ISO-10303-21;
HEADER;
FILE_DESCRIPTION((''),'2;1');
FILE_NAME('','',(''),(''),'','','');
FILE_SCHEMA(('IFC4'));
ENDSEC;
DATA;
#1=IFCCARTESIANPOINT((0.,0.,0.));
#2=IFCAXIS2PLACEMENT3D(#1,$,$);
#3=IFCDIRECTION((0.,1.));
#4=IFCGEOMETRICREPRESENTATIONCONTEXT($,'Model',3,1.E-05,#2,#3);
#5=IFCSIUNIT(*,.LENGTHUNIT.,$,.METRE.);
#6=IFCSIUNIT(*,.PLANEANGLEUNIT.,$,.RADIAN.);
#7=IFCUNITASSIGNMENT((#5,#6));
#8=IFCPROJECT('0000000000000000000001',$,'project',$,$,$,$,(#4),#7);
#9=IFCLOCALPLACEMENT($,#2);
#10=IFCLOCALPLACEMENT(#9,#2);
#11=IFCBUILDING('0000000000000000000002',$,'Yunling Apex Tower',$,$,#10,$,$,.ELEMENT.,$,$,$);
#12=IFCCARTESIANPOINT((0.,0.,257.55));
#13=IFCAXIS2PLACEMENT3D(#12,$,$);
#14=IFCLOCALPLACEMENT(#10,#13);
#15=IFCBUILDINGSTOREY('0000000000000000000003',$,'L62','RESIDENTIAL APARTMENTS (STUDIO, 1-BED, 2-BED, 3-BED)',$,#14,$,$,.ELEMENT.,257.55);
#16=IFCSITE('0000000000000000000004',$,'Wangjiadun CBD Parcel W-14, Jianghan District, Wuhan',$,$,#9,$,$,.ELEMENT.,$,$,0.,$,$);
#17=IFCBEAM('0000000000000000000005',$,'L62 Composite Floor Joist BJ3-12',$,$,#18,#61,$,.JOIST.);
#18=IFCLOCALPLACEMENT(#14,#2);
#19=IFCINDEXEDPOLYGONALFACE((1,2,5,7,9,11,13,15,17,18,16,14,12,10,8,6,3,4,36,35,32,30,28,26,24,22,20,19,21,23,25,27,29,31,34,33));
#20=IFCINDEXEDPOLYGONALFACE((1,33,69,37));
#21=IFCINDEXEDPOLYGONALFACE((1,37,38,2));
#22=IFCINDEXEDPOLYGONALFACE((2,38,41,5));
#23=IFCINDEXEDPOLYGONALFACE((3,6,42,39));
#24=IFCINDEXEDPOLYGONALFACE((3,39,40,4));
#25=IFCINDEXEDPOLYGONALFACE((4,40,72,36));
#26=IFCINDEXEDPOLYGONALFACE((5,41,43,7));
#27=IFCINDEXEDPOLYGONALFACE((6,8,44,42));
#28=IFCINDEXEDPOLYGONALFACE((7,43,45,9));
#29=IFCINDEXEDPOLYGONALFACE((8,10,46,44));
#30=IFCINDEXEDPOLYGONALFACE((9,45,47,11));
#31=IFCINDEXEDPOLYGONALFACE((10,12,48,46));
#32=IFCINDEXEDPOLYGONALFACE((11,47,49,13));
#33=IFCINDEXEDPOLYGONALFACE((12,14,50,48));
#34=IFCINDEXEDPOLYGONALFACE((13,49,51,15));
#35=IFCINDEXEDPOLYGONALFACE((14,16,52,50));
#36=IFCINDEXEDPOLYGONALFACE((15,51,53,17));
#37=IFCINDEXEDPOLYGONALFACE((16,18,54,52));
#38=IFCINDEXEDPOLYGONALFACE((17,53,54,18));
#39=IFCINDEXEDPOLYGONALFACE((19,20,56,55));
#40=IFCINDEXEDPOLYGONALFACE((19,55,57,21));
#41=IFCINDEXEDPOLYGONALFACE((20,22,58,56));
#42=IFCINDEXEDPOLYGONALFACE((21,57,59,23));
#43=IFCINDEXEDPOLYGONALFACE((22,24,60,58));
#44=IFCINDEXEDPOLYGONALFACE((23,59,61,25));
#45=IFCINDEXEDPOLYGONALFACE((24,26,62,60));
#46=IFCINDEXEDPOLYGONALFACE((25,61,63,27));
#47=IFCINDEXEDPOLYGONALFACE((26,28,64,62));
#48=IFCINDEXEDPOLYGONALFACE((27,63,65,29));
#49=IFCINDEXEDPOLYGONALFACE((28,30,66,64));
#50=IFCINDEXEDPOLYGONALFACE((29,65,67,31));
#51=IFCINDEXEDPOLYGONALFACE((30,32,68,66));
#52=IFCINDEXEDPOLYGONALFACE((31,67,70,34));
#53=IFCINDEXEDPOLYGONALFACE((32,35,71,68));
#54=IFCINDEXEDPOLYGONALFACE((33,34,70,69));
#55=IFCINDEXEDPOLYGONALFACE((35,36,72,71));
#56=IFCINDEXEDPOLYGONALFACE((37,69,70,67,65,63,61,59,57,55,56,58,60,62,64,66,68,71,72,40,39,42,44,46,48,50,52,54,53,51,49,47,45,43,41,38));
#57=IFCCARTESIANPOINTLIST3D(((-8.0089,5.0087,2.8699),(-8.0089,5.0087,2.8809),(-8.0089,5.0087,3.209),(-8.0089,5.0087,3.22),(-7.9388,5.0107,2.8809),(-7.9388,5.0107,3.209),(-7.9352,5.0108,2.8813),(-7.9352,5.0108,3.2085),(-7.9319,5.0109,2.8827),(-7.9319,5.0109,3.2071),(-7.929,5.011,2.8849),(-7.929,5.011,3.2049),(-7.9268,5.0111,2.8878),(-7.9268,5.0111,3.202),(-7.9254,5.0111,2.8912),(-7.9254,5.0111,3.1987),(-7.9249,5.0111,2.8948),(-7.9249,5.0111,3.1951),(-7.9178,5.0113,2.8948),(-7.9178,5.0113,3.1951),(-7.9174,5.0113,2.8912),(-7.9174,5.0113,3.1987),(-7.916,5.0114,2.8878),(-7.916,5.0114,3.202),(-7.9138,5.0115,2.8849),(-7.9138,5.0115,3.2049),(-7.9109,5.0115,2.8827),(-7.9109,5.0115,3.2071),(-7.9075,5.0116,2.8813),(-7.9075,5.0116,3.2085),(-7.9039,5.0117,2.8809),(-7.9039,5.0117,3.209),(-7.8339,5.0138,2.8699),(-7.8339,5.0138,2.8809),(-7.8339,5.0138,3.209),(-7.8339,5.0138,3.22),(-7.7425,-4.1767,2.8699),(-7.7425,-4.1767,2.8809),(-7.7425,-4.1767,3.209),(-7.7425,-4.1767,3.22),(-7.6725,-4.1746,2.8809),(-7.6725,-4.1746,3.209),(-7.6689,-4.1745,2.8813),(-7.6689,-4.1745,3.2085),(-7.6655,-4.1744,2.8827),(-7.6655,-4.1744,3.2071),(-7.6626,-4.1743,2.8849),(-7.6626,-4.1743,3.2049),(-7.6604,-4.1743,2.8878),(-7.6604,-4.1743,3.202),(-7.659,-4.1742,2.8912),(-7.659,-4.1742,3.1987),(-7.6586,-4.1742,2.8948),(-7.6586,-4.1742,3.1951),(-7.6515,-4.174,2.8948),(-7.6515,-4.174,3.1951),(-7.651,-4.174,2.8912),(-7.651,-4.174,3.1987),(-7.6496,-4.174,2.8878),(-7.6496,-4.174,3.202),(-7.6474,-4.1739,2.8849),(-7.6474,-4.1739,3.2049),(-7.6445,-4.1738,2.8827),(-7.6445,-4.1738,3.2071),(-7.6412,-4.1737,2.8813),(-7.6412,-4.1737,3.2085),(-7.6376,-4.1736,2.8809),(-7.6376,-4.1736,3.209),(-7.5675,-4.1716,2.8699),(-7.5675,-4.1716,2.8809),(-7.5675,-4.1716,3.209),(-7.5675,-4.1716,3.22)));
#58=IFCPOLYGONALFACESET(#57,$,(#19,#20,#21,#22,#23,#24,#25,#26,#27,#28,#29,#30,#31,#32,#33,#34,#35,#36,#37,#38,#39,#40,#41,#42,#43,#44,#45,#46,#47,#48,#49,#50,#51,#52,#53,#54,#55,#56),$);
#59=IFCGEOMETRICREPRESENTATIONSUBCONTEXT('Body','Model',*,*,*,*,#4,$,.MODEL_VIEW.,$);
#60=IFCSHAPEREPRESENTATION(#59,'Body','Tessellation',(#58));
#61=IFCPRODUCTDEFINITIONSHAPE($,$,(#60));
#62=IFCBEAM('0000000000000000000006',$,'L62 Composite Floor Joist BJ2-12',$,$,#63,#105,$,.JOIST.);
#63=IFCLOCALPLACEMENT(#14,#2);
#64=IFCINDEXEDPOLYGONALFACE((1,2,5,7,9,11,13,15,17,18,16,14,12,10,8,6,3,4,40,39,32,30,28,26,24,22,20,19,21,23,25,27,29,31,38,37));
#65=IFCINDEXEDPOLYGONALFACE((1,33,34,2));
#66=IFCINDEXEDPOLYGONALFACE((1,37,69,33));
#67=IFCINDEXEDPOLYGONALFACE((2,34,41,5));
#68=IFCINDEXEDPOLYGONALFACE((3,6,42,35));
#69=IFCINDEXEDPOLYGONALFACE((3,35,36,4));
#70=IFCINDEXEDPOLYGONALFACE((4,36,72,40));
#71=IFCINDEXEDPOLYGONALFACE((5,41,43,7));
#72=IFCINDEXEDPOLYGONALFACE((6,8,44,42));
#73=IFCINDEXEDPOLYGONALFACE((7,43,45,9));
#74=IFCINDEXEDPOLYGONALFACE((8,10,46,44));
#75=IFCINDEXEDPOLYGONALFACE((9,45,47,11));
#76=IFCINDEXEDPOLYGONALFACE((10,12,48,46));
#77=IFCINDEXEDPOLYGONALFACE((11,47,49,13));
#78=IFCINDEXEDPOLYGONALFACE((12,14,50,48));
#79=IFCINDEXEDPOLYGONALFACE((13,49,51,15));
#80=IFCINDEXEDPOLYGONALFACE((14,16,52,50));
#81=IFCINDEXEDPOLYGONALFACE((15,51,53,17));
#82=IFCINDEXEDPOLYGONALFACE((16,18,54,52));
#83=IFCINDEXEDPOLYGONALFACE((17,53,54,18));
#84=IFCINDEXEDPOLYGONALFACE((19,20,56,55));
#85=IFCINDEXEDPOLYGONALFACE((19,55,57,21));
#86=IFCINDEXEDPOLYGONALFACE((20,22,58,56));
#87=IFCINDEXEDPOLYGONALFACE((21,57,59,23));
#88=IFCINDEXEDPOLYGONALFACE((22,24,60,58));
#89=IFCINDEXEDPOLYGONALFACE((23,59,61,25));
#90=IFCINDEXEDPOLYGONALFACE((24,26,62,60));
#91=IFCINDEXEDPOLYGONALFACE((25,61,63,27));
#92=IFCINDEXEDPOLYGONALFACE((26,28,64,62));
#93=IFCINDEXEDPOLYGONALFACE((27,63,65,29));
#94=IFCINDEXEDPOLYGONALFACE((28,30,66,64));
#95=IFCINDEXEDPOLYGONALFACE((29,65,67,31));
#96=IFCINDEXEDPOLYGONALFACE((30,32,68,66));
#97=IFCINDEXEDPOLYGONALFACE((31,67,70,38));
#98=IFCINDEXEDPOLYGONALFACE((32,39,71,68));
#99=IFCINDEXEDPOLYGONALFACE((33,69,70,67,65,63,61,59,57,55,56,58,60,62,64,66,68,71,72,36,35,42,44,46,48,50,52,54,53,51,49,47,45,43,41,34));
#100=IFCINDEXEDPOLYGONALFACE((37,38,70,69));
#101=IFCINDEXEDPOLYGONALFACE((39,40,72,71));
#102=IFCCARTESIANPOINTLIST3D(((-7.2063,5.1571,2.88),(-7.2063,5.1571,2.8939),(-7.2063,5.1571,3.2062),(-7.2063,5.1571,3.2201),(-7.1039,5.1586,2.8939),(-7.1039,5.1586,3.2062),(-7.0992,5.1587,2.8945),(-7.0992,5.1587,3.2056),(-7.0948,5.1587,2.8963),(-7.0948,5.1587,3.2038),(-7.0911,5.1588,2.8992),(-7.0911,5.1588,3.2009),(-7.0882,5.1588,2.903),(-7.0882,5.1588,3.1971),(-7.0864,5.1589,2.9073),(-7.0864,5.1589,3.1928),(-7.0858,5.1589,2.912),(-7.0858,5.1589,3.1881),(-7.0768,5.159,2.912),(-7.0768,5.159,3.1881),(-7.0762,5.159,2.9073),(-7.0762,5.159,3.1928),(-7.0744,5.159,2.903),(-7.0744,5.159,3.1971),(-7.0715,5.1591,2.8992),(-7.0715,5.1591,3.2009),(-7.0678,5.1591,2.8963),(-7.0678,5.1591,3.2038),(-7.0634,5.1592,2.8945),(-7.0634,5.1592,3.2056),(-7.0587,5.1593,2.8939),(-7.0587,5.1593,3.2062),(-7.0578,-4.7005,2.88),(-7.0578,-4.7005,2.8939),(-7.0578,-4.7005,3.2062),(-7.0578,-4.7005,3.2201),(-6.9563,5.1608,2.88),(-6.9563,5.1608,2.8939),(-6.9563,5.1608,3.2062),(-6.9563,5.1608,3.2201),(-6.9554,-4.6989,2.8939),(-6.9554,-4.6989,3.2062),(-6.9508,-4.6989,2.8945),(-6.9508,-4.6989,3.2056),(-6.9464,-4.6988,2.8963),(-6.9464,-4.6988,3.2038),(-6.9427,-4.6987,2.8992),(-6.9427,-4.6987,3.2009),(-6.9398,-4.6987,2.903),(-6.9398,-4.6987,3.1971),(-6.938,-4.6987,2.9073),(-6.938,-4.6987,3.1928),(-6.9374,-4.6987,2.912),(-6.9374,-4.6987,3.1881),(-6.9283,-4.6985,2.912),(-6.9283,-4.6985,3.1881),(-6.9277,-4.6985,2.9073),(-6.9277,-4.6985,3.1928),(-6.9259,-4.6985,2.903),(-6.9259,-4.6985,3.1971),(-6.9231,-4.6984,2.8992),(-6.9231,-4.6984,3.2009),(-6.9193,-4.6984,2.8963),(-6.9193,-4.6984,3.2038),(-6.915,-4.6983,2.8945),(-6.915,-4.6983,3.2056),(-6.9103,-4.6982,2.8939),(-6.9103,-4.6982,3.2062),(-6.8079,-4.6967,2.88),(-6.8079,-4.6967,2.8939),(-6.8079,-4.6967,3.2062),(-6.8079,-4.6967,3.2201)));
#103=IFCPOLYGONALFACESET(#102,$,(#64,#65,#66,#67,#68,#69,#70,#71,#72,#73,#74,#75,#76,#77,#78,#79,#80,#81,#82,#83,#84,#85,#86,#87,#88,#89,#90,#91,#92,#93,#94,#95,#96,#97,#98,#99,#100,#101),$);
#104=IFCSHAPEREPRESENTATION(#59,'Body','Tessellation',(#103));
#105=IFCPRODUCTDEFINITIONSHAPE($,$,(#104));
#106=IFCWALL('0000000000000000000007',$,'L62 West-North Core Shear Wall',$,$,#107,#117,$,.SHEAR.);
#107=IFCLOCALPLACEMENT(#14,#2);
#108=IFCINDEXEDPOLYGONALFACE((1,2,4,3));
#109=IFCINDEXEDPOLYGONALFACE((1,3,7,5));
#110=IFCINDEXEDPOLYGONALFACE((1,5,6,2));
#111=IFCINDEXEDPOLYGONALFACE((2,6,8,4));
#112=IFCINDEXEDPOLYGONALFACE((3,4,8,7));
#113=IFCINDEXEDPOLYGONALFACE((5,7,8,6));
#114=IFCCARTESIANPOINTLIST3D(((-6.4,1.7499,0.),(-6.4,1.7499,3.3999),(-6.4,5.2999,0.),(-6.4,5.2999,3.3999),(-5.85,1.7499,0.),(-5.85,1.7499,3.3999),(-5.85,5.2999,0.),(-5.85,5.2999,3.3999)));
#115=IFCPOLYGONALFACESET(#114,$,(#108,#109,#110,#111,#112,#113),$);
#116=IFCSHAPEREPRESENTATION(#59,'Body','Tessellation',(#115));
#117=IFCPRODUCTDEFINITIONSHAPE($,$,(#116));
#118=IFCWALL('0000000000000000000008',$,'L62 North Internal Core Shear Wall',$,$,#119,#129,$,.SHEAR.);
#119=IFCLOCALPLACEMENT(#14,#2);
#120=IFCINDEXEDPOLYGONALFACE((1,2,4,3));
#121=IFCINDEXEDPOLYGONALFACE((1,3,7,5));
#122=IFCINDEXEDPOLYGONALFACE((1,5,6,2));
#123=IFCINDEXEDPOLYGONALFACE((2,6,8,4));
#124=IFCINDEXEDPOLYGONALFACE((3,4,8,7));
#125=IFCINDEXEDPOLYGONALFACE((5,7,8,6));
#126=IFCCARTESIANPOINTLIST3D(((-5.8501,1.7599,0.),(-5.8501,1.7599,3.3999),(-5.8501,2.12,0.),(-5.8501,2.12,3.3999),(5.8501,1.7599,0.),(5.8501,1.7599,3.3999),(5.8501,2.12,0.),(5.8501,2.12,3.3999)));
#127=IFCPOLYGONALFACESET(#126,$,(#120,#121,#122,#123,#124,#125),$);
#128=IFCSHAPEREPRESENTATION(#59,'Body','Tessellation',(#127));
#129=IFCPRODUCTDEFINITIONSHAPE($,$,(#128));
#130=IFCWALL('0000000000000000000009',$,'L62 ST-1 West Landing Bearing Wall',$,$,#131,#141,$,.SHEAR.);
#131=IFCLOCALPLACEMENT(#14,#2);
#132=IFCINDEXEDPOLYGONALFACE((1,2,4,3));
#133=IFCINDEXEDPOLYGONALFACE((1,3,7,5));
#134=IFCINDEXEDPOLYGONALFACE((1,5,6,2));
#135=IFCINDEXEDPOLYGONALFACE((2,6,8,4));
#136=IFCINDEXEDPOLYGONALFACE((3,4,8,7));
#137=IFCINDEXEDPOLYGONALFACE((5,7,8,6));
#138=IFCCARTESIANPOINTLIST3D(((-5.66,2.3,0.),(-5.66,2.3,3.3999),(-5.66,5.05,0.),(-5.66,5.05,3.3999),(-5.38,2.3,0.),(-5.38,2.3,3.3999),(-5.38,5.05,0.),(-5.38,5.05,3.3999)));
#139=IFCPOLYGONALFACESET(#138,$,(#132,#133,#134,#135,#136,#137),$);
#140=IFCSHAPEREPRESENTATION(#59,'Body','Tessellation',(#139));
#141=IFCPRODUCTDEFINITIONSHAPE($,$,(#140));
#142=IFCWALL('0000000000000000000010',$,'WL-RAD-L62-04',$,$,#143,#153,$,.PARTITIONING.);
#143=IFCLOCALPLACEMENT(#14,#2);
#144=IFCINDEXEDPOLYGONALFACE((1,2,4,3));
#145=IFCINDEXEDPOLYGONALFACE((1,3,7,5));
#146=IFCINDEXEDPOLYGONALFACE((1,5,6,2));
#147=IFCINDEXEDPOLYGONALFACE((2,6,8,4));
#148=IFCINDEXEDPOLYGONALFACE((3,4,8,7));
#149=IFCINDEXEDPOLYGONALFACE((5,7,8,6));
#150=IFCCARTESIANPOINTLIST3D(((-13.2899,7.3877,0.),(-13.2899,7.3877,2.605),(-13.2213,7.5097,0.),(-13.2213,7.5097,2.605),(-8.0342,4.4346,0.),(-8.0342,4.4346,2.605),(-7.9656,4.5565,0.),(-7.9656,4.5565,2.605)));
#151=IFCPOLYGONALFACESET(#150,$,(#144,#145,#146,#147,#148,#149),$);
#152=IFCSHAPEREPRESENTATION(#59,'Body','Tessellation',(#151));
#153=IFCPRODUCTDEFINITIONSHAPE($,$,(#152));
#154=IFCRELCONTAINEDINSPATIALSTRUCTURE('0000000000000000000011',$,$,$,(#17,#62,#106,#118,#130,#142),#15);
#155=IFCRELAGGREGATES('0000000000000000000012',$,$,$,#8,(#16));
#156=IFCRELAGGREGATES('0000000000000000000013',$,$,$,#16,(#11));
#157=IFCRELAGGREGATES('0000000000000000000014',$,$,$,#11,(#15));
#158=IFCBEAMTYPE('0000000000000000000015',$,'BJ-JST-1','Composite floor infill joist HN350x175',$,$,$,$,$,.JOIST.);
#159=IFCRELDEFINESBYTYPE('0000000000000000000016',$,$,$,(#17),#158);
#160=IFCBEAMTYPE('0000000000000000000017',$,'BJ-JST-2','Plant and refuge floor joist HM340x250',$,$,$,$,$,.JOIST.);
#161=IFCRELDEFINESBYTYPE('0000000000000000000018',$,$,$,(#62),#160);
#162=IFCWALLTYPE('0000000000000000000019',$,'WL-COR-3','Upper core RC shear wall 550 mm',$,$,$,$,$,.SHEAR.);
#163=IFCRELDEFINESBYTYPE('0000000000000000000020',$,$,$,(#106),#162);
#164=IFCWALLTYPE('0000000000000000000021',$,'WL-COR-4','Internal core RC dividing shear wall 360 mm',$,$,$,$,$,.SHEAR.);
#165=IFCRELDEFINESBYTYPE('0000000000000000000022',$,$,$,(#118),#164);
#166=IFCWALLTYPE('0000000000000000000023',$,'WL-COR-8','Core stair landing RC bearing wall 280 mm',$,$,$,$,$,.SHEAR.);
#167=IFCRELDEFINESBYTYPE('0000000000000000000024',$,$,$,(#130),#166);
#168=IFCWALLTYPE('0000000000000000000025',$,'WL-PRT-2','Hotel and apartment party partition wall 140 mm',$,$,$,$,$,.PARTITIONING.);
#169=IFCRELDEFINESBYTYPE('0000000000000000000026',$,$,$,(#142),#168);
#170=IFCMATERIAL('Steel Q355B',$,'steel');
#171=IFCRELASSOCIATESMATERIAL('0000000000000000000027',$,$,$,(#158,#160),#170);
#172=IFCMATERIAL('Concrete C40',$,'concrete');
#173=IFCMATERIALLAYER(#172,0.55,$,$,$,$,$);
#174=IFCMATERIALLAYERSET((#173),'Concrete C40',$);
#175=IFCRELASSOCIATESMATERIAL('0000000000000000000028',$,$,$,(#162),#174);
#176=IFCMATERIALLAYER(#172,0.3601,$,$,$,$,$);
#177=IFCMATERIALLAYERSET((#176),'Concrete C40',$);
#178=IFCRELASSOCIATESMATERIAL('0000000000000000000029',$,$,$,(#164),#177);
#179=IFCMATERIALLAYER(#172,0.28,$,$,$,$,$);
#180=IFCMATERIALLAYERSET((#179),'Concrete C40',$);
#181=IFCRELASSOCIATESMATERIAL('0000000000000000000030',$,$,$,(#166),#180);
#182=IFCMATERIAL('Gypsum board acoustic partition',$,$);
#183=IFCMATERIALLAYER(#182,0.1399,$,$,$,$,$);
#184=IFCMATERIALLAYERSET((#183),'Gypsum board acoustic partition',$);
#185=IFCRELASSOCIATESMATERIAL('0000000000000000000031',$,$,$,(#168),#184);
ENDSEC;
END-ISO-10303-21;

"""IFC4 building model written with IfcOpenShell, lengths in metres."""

from ifc_helpers import new_model, si_unit, direction, frame, frame_2d, origin, origin_2d, place, context, subcontext, project, spatial, rectangle, i_section, extrude, source, transform, mapped, material, layer, layer_set, material_profile, profile_set, type_object, element, save


model = new_model("IFC4")

# Units and contexts
model_context = context("Model", 3, precision=1e-05, world=origin(), true_north=direction((0.0, 1.0)))
body_context = subcontext(model_context, "Body", "Model", "MODEL_VIEW")
ifc_project = project(units=[si_unit("LENGTHUNIT", "METRE"), si_unit("PLANEANGLEUNIT", "RADIAN")], contexts=[model_context])

# Site, building, storey
site_placement = place(None, origin())
site = spatial("IfcSite", under=ifc_project, at=site_placement, Name="Wangjiadun CBD Parcel W-14, Jianghan District, Wuhan", CompositionType="ELEMENT", RefElevation=0.0)
building_placement = place(site_placement, origin())
building = spatial("IfcBuilding", under=site, at=building_placement, Name="Yunling Apex Tower", CompositionType="ELEMENT")
storey_placement = place(building_placement, frame((0.0, 0.0, 257.55)))
storey = spatial("IfcBuildingStorey", under=building, at=storey_placement, Name="L62", Description="RESIDENTIAL APARTMENTS (STUDIO, 1-BED, 2-BED, 3-BED)", CompositionType="ELEMENT", Elevation=257.55)

# Beams
ifc_material_1 = material(Name="Steel Q355B", Category="steel")
ifc_material_profile_1 = material_profile(ifc_material_1, i_section(OverallWidth=0.175, OverallDepth=0.3501, WebThickness=0.0071, FlangeThickness=0.011, FilletRadius=0.0139, at=origin_2d()))
ifc_profile_set_1 = profile_set([ifc_material_profile_1], Name="Steel Q355B")
beam_type_1 = type_object("IfcBeamType", Name="BJ-JST-1", Description="Composite floor infill joist HN350x175", PredefinedType="JOIST", material=ifc_profile_set_1)
shared_shape_1 = source(origin(), body_context, "Body", "SweptSolid", [
    extrude(i_section(OverallWidth=0.175, OverallDepth=0.3501, WebThickness=0.0071, FlangeThickness=0.011, FilletRadius=0.0139, at=origin_2d()), origin(), (0.0, 0.0, 1.0), 9.1892),
])
beam_1_placement = place(storey_placement, frame((-7.9214, 5.0112, 3.0449), z_axis=(0.028986, -0.99958, 0.0), x_axis=(0.99958, 0.028986, 0.0)))
element("IfcBeam", 1, at=beam_1_placement, inside=storey, type_object=beam_type_1, Name="L62 Composite Floor Joist BJ3-12", PredefinedType="JOIST", context=body_context, shape_type="MappedRepresentation", body=[
    mapped(shared_shape_1, transform((0.0, 0.0, 0.0), scale=1.0)),
])
ifc_material_profile_2 = material_profile(ifc_material_1, i_section(OverallWidth=0.25, OverallDepth=0.3401, WebThickness=0.009, FlangeThickness=0.0139, FilletRadius=0.0181, at=origin_2d()))
ifc_profile_set_2 = profile_set([ifc_material_profile_2], Name="Steel Q355B")
beam_type_2 = type_object("IfcBeamType", Name="BJ-JST-2", Description="Plant and refuge floor joist HM340x250", PredefinedType="JOIST", material=ifc_profile_set_2)
shared_shape_2 = source(origin(), body_context, "Body", "SweptSolid", [
    extrude(i_section(OverallWidth=0.25, OverallDepth=0.3401, WebThickness=0.009, FlangeThickness=0.0139, FilletRadius=0.0181, at=origin_2d()), origin(), (0.0, 0.0, 1.0), 9.8586),
])
beam_2_placement = place(storey_placement, frame((-7.0813, 5.1589, 3.05), z_axis=(0.015057, -0.999887, 0.0), x_axis=(0.999887, 0.015057, 0.0)))
element("IfcBeam", 2, at=beam_2_placement, inside=storey, type_object=beam_type_2, Name="L62 Composite Floor Joist BJ2-12", PredefinedType="JOIST", context=body_context, shape_type="MappedRepresentation", body=[
    mapped(shared_shape_2, transform((0.0, 0.0, 0.0), scale=1.0)),
])

# Walls
ifc_material_2 = material(Name="Concrete C40", Category="concrete")
ifc_layer_1 = layer(ifc_material_2, 0.55)
ifc_layer_set_1 = layer_set([ifc_layer_1], Name="Concrete C40")
wall_type_1 = type_object("IfcWallType", Name="WL-COR-3", Description="Upper core RC shear wall 550 mm", PredefinedType="SHEAR", material=ifc_layer_set_1)
wall_1_placement = place(storey_placement, frame((-6.125, 1.75, 0.0), z_axis=(0.0, 0.0, 1.0), x_axis=(0.0, 1.0, 0.0)))
element("IfcWall", 3, at=wall_1_placement, inside=storey, type_object=wall_type_1, Name="L62 West-North Core Shear Wall", PredefinedType="SHEAR", context=body_context, shape_type="SweptSolid", body=[
    extrude(rectangle(XDim=3.55, YDim=0.55, at=frame_2d((1.7749, 0.0))), origin(), (0.0, 0.0, 1.0), 3.3999),
])
ifc_layer_2 = layer(ifc_material_2, 0.3601)
ifc_layer_set_2 = layer_set([ifc_layer_2], Name="Concrete C40")
wall_type_2 = type_object("IfcWallType", Name="WL-COR-4", Description="Internal core RC dividing shear wall 360 mm", PredefinedType="SHEAR", material=ifc_layer_set_2)
wall_2_placement = place(storey_placement, frame((-5.8501, 1.9399, 0.0), z_axis=(0.0, 0.0, 1.0), x_axis=(1.0, 0.0, 0.0)))
element("IfcWall", 4, at=wall_2_placement, inside=storey, type_object=wall_type_2, Name="L62 North Internal Core Shear Wall", PredefinedType="SHEAR", context=body_context, shape_type="SweptSolid", body=[
    extrude(rectangle(XDim=11.7002, YDim=0.3601, at=frame_2d((5.8501, 0.0))), origin(), (0.0, 0.0, 1.0), 3.3999),
])
ifc_layer_3 = layer(ifc_material_2, 0.28)
ifc_layer_set_3 = layer_set([ifc_layer_3], Name="Concrete C40")
wall_type_3 = type_object("IfcWallType", Name="WL-COR-8", Description="Core stair landing RC bearing wall 280 mm", PredefinedType="SHEAR", material=ifc_layer_set_3)
wall_3_placement = place(storey_placement, frame((-5.52, 2.3, 0.0), z_axis=(0.0, 0.0, 1.0), x_axis=(0.0, 1.0, 0.0)))
element("IfcWall", 5, at=wall_3_placement, inside=storey, type_object=wall_type_3, Name="L62 ST-1 West Landing Bearing Wall", PredefinedType="SHEAR", context=body_context, shape_type="SweptSolid", body=[
    extrude(rectangle(XDim=2.75, YDim=0.28, at=frame_2d((1.375, 0.0))), origin(), (0.0, 0.0, 1.0), 3.3999),
])
ifc_material_3 = material(Name="Gypsum board acoustic partition")
ifc_layer_4 = layer(ifc_material_3, 0.1399)
ifc_layer_set_4 = layer_set([ifc_layer_4], Name="Gypsum board acoustic partition")
wall_type_4 = type_object("IfcWallType", Name="WL-PRT-2", Description="Hotel and apartment party partition wall 140 mm", PredefinedType="PARTITIONING", material=ifc_layer_set_4)
wall_4_placement = place(storey_placement, frame((-8.0, 4.4956, 0.0), z_axis=(0.0, 0.0, 1.0), x_axis=(-0.871799, 0.489863, 0.0)))
element("IfcWall", 6, at=wall_4_placement, inside=storey, type_object=wall_type_4, Name="WL-RAD-L62-04", PredefinedType="PARTITIONING", context=body_context, shape_type="SweptSolid", body=[
    extrude(rectangle(XDim=6.0286, YDim=0.1399, at=frame_2d((3.0142, 0.0))), origin(), (0.0, 0.0, 1.0), 2.605),
])

save(model, "model.ifc")
